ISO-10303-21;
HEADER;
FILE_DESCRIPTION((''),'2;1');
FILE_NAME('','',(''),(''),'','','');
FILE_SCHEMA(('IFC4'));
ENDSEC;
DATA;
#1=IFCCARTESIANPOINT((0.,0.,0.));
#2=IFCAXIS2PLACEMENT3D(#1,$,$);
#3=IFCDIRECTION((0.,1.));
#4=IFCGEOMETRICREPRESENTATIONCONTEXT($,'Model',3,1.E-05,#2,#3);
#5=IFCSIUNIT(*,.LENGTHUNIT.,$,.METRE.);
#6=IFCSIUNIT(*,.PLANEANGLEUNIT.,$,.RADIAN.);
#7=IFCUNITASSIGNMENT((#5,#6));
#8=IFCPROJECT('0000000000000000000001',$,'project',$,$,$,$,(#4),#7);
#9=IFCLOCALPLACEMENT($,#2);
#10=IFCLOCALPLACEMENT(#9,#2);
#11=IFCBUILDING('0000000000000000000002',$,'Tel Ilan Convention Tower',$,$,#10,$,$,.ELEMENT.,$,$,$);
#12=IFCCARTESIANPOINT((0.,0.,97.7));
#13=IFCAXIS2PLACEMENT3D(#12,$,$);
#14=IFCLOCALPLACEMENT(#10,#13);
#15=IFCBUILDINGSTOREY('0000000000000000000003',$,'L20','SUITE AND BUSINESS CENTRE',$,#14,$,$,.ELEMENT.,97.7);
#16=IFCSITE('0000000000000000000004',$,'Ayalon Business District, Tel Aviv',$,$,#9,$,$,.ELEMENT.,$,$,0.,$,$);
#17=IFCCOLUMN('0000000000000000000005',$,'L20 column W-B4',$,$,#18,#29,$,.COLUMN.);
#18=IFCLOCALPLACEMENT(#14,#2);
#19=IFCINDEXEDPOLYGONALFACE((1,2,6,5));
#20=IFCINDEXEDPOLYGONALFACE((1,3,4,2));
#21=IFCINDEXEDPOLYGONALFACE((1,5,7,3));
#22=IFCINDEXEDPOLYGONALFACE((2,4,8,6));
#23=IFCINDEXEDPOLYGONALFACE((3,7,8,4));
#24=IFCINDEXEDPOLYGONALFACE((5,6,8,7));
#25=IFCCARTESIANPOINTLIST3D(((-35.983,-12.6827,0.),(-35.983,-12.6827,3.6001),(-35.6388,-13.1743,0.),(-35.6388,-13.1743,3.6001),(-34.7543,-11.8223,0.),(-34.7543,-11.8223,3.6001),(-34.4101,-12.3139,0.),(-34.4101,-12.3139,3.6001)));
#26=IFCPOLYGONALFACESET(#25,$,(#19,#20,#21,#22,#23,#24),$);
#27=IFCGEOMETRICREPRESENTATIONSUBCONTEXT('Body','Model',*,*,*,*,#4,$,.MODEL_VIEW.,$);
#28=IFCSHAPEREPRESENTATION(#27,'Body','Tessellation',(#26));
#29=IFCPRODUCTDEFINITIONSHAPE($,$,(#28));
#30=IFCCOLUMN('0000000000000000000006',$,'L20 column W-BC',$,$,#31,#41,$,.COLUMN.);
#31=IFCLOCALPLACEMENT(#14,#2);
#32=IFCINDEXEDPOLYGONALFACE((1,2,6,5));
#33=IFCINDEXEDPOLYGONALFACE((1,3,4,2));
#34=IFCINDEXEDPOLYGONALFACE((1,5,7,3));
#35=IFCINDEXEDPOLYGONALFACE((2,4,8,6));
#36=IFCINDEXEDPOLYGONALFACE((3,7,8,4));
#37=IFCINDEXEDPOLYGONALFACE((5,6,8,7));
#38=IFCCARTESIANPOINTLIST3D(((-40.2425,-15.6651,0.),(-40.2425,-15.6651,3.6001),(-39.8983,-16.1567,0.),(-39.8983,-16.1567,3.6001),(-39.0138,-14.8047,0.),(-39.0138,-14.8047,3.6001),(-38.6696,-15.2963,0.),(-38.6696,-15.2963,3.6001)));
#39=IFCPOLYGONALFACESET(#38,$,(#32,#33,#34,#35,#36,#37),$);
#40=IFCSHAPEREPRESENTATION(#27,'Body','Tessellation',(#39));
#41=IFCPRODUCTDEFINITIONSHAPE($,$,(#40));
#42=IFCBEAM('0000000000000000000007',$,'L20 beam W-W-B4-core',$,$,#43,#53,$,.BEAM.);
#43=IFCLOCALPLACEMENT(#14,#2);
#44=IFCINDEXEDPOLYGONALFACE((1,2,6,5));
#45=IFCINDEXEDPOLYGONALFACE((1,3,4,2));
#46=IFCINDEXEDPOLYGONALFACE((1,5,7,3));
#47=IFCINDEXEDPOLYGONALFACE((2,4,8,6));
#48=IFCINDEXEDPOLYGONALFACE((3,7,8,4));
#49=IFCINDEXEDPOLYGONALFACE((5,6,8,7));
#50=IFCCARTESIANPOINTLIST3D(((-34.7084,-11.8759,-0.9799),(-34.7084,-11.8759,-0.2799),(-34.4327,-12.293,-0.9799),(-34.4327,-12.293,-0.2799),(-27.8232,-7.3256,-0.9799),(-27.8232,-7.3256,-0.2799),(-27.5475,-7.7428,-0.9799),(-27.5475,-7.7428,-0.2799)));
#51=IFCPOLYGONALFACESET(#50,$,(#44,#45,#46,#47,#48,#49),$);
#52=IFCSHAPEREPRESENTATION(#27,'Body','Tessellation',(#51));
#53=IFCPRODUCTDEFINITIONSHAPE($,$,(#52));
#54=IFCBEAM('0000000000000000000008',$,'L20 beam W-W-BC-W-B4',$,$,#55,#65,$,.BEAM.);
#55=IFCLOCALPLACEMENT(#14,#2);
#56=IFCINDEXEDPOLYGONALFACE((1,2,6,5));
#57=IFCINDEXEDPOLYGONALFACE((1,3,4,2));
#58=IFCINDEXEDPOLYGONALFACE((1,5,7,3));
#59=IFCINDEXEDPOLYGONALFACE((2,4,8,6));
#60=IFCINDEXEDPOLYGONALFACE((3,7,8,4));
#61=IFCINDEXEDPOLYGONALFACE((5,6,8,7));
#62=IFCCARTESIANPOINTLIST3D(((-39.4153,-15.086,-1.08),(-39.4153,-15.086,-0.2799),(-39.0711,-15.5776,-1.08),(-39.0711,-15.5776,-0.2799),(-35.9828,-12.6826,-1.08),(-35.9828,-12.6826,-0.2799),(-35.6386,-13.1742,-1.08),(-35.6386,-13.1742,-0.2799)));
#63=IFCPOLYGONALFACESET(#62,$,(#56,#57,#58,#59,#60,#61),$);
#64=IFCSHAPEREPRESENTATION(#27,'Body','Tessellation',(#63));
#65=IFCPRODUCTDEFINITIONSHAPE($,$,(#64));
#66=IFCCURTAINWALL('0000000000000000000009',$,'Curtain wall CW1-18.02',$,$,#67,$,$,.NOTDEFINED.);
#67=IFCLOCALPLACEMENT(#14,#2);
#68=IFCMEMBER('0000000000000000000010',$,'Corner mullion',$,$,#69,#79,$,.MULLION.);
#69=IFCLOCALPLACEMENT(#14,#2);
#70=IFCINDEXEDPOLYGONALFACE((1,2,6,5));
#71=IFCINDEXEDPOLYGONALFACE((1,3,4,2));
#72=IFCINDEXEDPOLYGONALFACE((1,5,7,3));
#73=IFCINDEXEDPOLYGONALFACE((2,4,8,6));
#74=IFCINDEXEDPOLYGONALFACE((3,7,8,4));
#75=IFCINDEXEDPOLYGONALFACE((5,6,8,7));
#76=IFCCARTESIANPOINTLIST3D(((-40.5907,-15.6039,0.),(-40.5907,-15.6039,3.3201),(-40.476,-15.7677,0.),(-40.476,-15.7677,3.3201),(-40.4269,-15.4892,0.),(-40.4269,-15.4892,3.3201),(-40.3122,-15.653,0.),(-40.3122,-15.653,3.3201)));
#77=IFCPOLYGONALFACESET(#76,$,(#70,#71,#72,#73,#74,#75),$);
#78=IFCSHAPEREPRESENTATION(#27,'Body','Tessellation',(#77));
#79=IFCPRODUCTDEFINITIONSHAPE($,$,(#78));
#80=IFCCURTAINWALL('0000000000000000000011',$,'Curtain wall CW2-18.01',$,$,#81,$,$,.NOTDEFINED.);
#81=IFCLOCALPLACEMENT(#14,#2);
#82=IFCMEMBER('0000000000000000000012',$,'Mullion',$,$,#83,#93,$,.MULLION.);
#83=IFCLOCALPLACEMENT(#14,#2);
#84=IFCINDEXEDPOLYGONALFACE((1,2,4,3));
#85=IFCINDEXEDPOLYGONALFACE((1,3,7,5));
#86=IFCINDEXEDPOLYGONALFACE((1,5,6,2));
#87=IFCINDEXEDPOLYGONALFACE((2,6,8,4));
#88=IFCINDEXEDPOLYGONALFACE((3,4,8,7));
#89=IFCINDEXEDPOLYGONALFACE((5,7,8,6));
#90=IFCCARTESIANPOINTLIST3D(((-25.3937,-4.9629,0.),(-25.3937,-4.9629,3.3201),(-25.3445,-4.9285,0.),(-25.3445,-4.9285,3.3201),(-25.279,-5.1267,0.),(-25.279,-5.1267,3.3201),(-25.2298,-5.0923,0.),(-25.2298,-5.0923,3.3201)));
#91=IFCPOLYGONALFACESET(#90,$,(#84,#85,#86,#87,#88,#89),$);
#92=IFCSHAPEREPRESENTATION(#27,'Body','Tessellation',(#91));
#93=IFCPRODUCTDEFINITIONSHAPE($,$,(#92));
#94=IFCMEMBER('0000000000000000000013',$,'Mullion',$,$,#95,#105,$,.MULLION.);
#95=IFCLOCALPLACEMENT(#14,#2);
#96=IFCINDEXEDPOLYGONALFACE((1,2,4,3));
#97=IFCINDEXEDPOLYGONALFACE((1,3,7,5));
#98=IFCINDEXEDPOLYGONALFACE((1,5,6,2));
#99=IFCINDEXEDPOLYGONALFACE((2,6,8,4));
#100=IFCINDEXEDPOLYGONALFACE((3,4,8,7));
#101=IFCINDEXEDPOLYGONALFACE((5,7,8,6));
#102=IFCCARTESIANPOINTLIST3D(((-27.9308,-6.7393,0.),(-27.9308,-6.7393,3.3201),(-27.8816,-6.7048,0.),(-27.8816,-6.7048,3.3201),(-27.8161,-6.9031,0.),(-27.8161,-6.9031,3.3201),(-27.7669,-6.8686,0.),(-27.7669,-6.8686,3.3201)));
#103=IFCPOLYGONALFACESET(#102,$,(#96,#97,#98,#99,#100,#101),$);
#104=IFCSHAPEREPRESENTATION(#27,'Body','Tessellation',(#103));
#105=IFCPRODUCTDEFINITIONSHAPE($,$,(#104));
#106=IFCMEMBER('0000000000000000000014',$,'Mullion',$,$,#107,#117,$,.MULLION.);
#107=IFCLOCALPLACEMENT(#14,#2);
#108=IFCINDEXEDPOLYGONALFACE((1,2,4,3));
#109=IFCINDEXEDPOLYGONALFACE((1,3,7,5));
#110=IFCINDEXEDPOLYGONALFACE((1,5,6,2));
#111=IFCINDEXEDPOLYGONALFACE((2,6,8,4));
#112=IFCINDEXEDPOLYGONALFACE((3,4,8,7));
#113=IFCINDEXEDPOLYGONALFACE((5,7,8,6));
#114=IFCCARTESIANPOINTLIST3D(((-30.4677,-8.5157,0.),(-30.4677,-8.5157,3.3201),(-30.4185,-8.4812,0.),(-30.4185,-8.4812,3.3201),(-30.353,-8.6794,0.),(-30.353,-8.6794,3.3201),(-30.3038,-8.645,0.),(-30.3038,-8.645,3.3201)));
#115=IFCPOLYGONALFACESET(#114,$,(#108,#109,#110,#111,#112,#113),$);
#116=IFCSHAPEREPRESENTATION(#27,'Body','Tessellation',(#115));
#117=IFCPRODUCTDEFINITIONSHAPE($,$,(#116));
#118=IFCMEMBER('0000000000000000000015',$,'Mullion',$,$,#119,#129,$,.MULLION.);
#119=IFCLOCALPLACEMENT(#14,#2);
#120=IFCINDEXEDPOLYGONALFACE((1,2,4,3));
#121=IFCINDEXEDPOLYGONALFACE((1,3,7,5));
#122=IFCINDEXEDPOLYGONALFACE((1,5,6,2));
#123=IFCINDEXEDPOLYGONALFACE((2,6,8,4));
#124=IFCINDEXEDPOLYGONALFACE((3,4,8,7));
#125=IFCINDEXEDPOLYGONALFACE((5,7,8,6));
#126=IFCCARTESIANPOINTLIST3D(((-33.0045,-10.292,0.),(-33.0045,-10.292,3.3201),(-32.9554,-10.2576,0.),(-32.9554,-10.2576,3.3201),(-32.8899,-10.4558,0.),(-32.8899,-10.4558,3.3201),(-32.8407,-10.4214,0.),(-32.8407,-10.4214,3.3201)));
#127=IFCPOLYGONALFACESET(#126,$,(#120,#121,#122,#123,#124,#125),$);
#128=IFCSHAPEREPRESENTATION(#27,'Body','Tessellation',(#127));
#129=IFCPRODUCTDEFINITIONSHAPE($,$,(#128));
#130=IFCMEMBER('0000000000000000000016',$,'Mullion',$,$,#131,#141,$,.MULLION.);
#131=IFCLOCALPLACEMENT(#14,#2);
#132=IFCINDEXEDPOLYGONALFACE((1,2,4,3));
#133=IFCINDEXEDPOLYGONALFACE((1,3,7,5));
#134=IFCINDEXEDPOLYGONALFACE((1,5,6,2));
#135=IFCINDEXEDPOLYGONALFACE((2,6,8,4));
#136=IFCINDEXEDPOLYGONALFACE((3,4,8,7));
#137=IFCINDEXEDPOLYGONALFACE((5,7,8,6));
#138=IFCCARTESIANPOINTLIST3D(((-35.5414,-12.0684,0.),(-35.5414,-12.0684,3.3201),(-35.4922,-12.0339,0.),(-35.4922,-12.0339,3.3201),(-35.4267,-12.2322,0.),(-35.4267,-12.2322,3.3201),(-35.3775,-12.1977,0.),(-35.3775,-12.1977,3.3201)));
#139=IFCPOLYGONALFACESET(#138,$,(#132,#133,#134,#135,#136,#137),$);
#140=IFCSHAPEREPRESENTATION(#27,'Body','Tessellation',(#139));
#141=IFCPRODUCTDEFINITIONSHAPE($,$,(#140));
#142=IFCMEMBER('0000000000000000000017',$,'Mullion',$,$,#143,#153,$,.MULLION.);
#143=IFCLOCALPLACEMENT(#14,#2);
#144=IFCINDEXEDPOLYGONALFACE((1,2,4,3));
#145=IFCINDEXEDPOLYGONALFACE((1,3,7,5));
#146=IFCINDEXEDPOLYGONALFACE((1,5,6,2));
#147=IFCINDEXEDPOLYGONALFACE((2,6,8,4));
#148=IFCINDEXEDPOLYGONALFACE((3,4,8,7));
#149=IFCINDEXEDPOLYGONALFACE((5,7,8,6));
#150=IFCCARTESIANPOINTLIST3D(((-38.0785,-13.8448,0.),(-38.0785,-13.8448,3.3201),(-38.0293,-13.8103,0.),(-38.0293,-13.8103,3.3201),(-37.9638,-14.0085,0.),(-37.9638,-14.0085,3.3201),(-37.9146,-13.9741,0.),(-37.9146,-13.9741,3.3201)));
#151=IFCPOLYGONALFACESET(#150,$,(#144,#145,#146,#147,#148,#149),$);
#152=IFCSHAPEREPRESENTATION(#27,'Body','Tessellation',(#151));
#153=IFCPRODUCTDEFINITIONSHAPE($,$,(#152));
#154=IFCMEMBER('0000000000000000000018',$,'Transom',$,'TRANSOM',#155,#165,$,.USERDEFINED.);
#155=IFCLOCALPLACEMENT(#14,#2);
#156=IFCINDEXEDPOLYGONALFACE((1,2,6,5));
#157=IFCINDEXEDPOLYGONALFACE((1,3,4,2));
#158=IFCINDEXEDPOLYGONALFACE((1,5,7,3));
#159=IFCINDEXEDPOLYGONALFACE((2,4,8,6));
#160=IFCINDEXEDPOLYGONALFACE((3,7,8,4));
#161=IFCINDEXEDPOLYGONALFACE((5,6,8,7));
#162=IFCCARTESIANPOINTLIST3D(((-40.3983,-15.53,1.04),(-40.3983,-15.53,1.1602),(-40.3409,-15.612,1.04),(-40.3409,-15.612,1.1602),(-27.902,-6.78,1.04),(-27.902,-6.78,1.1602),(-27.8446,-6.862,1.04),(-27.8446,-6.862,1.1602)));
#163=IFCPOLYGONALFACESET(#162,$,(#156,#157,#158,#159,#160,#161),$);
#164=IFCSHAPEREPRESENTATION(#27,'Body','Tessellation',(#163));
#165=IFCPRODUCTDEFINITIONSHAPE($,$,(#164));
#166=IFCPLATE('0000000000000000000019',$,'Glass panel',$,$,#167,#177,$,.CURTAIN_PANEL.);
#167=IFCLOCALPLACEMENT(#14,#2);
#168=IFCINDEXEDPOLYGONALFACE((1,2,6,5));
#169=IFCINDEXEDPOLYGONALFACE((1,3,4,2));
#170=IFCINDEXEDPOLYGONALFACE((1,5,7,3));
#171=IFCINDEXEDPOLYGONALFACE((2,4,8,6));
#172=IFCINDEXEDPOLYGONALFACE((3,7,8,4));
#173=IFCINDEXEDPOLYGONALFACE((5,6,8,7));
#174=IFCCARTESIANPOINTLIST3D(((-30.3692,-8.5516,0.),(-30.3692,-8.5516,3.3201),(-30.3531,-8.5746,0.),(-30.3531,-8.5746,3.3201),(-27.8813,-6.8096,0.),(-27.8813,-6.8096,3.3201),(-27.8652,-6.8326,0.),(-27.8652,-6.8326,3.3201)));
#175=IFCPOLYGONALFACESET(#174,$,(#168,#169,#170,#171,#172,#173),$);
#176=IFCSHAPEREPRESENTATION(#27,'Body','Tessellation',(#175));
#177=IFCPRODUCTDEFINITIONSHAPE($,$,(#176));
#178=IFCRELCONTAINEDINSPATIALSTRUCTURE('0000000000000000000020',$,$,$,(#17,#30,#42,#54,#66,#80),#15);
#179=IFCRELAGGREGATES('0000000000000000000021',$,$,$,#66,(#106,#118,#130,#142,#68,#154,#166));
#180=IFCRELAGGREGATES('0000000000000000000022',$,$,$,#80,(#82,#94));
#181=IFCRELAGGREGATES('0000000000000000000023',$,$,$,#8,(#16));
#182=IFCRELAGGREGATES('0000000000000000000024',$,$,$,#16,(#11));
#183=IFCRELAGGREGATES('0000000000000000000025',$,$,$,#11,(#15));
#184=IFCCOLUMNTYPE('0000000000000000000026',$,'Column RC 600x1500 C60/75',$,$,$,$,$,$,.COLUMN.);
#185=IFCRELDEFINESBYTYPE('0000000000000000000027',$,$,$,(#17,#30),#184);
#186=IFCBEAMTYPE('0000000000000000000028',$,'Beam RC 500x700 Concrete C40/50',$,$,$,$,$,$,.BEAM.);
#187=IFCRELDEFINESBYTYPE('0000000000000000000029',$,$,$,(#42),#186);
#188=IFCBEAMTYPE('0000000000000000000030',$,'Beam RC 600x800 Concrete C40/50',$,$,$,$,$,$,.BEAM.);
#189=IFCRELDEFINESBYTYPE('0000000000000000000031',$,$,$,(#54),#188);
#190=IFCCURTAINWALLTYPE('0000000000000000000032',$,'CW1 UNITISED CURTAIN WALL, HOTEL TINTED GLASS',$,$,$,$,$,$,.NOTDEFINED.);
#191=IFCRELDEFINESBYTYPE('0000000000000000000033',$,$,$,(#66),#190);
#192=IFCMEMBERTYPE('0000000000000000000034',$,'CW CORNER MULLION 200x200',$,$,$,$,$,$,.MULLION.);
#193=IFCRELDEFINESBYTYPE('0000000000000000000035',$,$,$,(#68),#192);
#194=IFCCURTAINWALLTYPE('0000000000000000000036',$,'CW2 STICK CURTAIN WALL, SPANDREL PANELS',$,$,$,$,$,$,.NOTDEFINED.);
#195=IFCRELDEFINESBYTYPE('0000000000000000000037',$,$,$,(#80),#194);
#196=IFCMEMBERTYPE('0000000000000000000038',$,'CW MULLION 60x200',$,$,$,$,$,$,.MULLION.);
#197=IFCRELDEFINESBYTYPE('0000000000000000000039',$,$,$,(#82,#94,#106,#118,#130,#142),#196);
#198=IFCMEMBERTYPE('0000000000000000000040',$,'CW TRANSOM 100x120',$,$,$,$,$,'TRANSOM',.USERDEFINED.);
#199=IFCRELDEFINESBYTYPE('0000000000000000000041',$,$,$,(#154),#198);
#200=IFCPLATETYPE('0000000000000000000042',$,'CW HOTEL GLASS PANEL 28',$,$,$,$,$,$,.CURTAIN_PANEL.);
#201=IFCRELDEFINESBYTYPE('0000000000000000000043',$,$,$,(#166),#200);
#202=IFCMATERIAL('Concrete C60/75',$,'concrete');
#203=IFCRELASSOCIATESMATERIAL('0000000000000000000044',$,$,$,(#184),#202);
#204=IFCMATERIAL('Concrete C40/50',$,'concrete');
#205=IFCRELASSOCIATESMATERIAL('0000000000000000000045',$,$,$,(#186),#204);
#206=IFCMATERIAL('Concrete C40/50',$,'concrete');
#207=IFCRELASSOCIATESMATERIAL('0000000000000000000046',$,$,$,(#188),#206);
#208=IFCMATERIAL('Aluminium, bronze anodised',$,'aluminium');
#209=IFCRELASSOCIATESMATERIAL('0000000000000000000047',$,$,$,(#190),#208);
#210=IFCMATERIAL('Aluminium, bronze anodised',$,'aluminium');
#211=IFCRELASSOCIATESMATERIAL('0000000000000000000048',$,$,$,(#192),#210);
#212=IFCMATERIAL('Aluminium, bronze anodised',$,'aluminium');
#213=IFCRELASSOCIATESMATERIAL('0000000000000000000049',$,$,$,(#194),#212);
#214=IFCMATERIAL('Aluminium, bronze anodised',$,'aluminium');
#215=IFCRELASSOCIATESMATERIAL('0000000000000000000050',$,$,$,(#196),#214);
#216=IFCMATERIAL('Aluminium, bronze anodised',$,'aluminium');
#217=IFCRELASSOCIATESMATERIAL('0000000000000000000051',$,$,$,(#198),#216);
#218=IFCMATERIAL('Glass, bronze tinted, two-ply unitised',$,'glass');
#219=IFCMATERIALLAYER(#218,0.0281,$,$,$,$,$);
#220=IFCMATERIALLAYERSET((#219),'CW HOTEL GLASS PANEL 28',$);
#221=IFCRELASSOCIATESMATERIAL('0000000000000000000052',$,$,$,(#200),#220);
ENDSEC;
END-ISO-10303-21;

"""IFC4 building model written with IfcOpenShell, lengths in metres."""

from ifc_helpers import new_model, si_unit, direction, frame, origin, origin_2d, place, context, subcontext, project, spatial, rectangle, extrude, material, layer, layer_set, material_profile, profile_set, type_object, element, aggregate, save


model = new_model("IFC4")

# Units and contexts
model_context = context("Model", 3, precision=1e-05, world=origin(), true_north=direction((0.0, 1.0)))
body_context = subcontext(model_context, "Body", "Model", "MODEL_VIEW")
ifc_project = project(units=[si_unit("LENGTHUNIT", "METRE"), si_unit("PLANEANGLEUNIT", "RADIAN")], contexts=[model_context])

# Site, building, storey
site_placement = place(None, origin())
site = spatial("IfcSite", under=ifc_project, at=site_placement, Name="Ayalon Business District, Tel Aviv", CompositionType="ELEMENT", RefElevation=0.0)
building_placement = place(site_placement, origin())
building = spatial("IfcBuilding", under=site, at=building_placement, Name="Tel Ilan Convention Tower", CompositionType="ELEMENT")
storey_placement = place(building_placement, frame((0.0, 0.0, 97.7)))
storey = spatial("IfcBuildingStorey", under=building, at=storey_placement, Name="L20", Description="SUITE AND BUSINESS CENTRE", CompositionType="ELEMENT", Elevation=97.7)

# Columns
ifc_material_1 = material(Name="Concrete C60/75", Category="concrete")
ifc_material_profile_1 = material_profile(ifc_material_1, rectangle(XDim=1.5, YDim=0.6001, at=origin_2d()), Name="RC 600x1500")
ifc_profile_set_1 = profile_set([ifc_material_profile_1], Name="Concrete C60/75")
column_type = type_object("IfcColumnType", Name="Column RC 600x1500 C60/75", PredefinedType="COLUMN", material=ifc_profile_set_1)
for number, where, z_axis, x_axis, name in (
    (1, (-35.1965, -12.4983, 0.0), (0.0, 0.0, 1.0), (-0.819152, -0.573576, 0.0), "L20 column W-B4"),
    (2, (-39.4561, -15.4807, 0.0), (0.0, 0.0, 1.0), (-0.819152, -0.573576, 0.0), "L20 column W-BC"),
):
    element("IfcColumn", number, at=place(storey_placement, frame(where, z_axis=z_axis, x_axis=x_axis)), inside=storey, type_object=column_type, Name=name, PredefinedType="COLUMN", context=body_context, shape_type="SweptSolid", body=[
        extrude(rectangle(XDim=1.5, YDim=0.6001, at=origin_2d()), origin(), (0.0, 0.0, 1.0), 3.6001),
    ])

# Beams
ifc_material_2 = material(Name="Concrete C40/50", Category="concrete")
ifc_material_profile_2 = material_profile(ifc_material_2, rectangle(XDim=0.5, YDim=0.7, at=origin_2d()), Name="RC 500x700")
ifc_profile_set_2 = profile_set([ifc_material_profile_2], Name="Concrete C40/50")
beam_type_1 = type_object("IfcBeamType", Name="Beam RC 500x700 Concrete C40/50", PredefinedType="BEAM", material=ifc_profile_set_2)
beam_1_placement = place(storey_placement, frame((-34.5706, -12.0845, -0.6299), z_axis=(0.834274, 0.551351, 0.0), x_axis=(-0.551351, 0.834274, 0.0)))
element("IfcBeam", 3, at=beam_1_placement, inside=storey, type_object=beam_type_1, Name="L20 beam W-W-B4-core", PredefinedType="BEAM", context=body_context, shape_type="SweptSolid", body=[
    extrude(rectangle(XDim=0.5, YDim=0.7, at=origin_2d()), origin(), (0.0, 0.0, 1.0), 8.2529),
])
ifc_material_3 = material(Name="Concrete C40/50", Category="concrete")
ifc_material_profile_3 = material_profile(ifc_material_3, rectangle(XDim=0.6001, YDim=0.8, at=origin_2d()), Name="RC 600x800")
ifc_profile_set_3 = profile_set([ifc_material_profile_3], Name="Concrete C40/50")
beam_type_2 = type_object("IfcBeamType", Name="Beam RC 600x800 Concrete C40/50", PredefinedType="BEAM", material=ifc_profile_set_3)
beam_2_placement = place(storey_placement, frame((-39.2432, -15.3318, -0.6799), z_axis=(0.819158, 0.573568, 0.0), x_axis=(-0.573568, 0.819158, 0.0)))
element("IfcBeam", 4, at=beam_2_placement, inside=storey, type_object=beam_type_2, Name="L20 beam W-W-BC-W-B4", PredefinedType="BEAM", context=body_context, shape_type="SweptSolid", body=[
    extrude(rectangle(XDim=0.6001, YDim=0.8, at=origin_2d()), origin(), (0.0, 0.0, 1.0), 4.1902),
])

# Curtain wall, member
ifc_material_4 = material(Name="Aluminium, bronze anodised", Category="aluminium")
curtain_wall_type_1 = type_object("IfcCurtainWallType", Name="CW1 UNITISED CURTAIN WALL, HOTEL TINTED GLASS", PredefinedType="NOTDEFINED", material=ifc_material_4)
curtain_wall_1_placement = place(storey_placement, origin())
curtain_wall_1 = element("IfcCurtainWall", 5, at=curtain_wall_1_placement, inside=storey, type_object=curtain_wall_type_1, Name="Curtain wall CW1-18.02", PredefinedType="NOTDEFINED")
ifc_material_5 = material(Name="Aluminium, bronze anodised", Category="aluminium")
ifc_material_profile_4 = material_profile(ifc_material_5, rectangle(XDim=0.2, YDim=0.2, at=origin_2d()), Name="CW CORNER MULLION 200x200")
ifc_profile_set_4 = profile_set([ifc_material_profile_4], Name="Aluminium, bronze anodised")
member_type_1 = type_object("IfcMemberType", Name="CW CORNER MULLION 200x200", PredefinedType="MULLION", material=ifc_profile_set_4)
member_1_placement = place(storey_placement, frame((-40.4514, -15.6284, 0.0), z_axis=(0.0, 0.0, 1.0), x_axis=(-0.819152, -0.573576, 0.0)))
member_1 = element("IfcMember", 6, at=member_1_placement, type_object=member_type_1, Name="Corner mullion", PredefinedType="MULLION", context=body_context, shape_type="SweptSolid", body=[
    extrude(rectangle(XDim=0.2, YDim=0.2, at=origin_2d()), origin(), (0.0, 0.0, 1.0), 3.3201),
])

# Curtain wall, members
ifc_material_6 = material(Name="Aluminium, bronze anodised", Category="aluminium")
curtain_wall_type_2 = type_object("IfcCurtainWallType", Name="CW2 STICK CURTAIN WALL, SPANDREL PANELS", PredefinedType="NOTDEFINED", material=ifc_material_6)
curtain_wall_2_placement = place(storey_placement, origin())
curtain_wall_2 = element("IfcCurtainWall", 7, at=curtain_wall_2_placement, inside=storey, type_object=curtain_wall_type_2, Name="Curtain wall CW2-18.01", PredefinedType="NOTDEFINED")
ifc_material_7 = material(Name="Aluminium, bronze anodised", Category="aluminium")
ifc_material_profile_5 = material_profile(ifc_material_7, rectangle(XDim=0.0601, YDim=0.2, at=origin_2d()), Name="CW MULLION 60x200")
ifc_profile_set_5 = profile_set([ifc_material_profile_5], Name="Aluminium, bronze anodised")
member_type_2 = type_object("IfcMemberType", Name="CW MULLION 60x200", PredefinedType="MULLION", material=ifc_profile_set_5)
member_2_placement = place(storey_placement, frame((-25.3118, -5.0276, 0.0), z_axis=(0.0, 0.0, 1.0), x_axis=(-0.819152, -0.573576, 0.0)))
member_2 = element("IfcMember", 8, at=member_2_placement, type_object=member_type_2, Name="Mullion", PredefinedType="MULLION", context=body_context, shape_type="SweptSolid", body=[
    extrude(rectangle(XDim=0.0601, YDim=0.2, at=origin_2d()), origin(), (0.0, 0.0, 1.0), 3.3201),
])
member_3_placement = place(storey_placement, frame((-27.8489, -6.804, 0.0), z_axis=(0.0, 0.0, 1.0), x_axis=(-0.819152, -0.573576, 0.0)))
member_3 = element("IfcMember", 9, at=member_3_placement, type_object=member_type_2, Name="Mullion", PredefinedType="MULLION", context=body_context, shape_type="SweptSolid", body=[
    extrude(rectangle(XDim=0.0601, YDim=0.2, at=origin_2d()), origin(), (0.0, 0.0, 1.0), 3.3201),
])

# Members
member_4_placement = place(storey_placement, frame((-30.3857, -8.5803, 0.0), z_axis=(0.0, 0.0, 1.0), x_axis=(-0.819152, -0.573576, 0.0)))
member_4 = element("IfcMember", 10, at=member_4_placement, type_object=member_type_2, Name="Mullion", PredefinedType="MULLION", context=body_context, shape_type="SweptSolid", body=[
    extrude(rectangle(XDim=0.0601, YDim=0.2, at=origin_2d()), origin(), (0.0, 0.0, 1.0), 3.3201),
])
member_5_placement = place(storey_placement, frame((-32.9226, -10.3567, 0.0), z_axis=(0.0, 0.0, 1.0), x_axis=(-0.819152, -0.573576, 0.0)))
member_5 = element("IfcMember", 11, at=member_5_placement, type_object=member_type_2, Name="Mullion", PredefinedType="MULLION", context=body_context, shape_type="SweptSolid", body=[
    extrude(rectangle(XDim=0.0601, YDim=0.2, at=origin_2d()), origin(), (0.0, 0.0, 1.0), 3.3201),
])
member_6_placement = place(storey_placement, frame((-35.4595, -12.1331, 0.0), z_axis=(0.0, 0.0, 1.0), x_axis=(-0.819152, -0.573576, 0.0)))
member_6 = element("IfcMember", 12, at=member_6_placement, type_object=member_type_2, Name="Mullion", PredefinedType="MULLION", context=body_context, shape_type="SweptSolid", body=[
    extrude(rectangle(XDim=0.0601, YDim=0.2, at=origin_2d()), origin(), (0.0, 0.0, 1.0), 3.3201),
])
member_7_placement = place(storey_placement, frame((-37.9966, -13.9094, 0.0), z_axis=(0.0, 0.0, 1.0), x_axis=(-0.819152, -0.573576, 0.0)))
member_7 = element("IfcMember", 13, at=member_7_placement, type_object=member_type_2, Name="Mullion", PredefinedType="MULLION", context=body_context, shape_type="SweptSolid", body=[
    extrude(rectangle(XDim=0.0601, YDim=0.2, at=origin_2d()), origin(), (0.0, 0.0, 1.0), 3.3201),
])
ifc_material_8 = material(Name="Aluminium, bronze anodised", Category="aluminium")
ifc_material_profile_6 = material_profile(ifc_material_8, rectangle(XDim=0.1001, YDim=0.1201, at=origin_2d()), Name="CW TRANSOM 100x120")
ifc_profile_set_6 = profile_set([ifc_material_profile_6], Name="Aluminium, bronze anodised")
member_type_3 = type_object("IfcMemberType", Name="CW TRANSOM 100x120", ElementType="TRANSOM", PredefinedType="USERDEFINED", material=ifc_profile_set_6)
member_8_placement = place(storey_placement, frame((-27.8733, -6.821, 1.1001), z_axis=(-0.819153, -0.573575, 0.0), x_axis=(0.573575, -0.819153, 0.0)))
member_8 = element("IfcMember", 14, at=member_8_placement, type_object=member_type_3, Name="Transom", ObjectType="TRANSOM", PredefinedType="USERDEFINED", context=body_context, shape_type="SweptSolid", body=[
    extrude(rectangle(XDim=0.1001, YDim=0.1201, at=origin_2d()), origin(), (0.0, 0.0, 1.0), 15.2551),
])

# Plate
ifc_material_9 = material(Name="Glass, bronze tinted, two-ply unitised", Category="glass")
ifc_layer_1 = layer(ifc_material_9, 0.0281)
ifc_layer_set_1 = layer_set([ifc_layer_1], Name="CW HOTEL GLASS PANEL 28")
plate_type_1 = type_object("IfcPlateType", Name="CW HOTEL GLASS PANEL 28", PredefinedType="CURTAIN_PANEL", material=ifc_layer_set_1)
plate_1_placement = place(storey_placement, frame((-29.1172, -7.6921, 0.0), z_axis=(0.0, 0.0, 1.0), x_axis=(-0.819152, -0.573576, 0.0)))
plate_1 = element("IfcPlate", 15, at=plate_1_placement, type_object=plate_type_1, Name="Glass panel", PredefinedType="CURTAIN_PANEL", context=body_context, shape_type="SweptSolid", body=[
    extrude(rectangle(XDim=3.0371, YDim=0.0281, at=origin_2d()), origin(), (0.0, 0.0, 1.0), 3.3201),
])
aggregate(curtain_wall_1, [member_4, member_5, member_6, member_7, member_1, member_8, plate_1])
aggregate(curtain_wall_2, [member_2, member_3])

save(model, "model.ifc")
